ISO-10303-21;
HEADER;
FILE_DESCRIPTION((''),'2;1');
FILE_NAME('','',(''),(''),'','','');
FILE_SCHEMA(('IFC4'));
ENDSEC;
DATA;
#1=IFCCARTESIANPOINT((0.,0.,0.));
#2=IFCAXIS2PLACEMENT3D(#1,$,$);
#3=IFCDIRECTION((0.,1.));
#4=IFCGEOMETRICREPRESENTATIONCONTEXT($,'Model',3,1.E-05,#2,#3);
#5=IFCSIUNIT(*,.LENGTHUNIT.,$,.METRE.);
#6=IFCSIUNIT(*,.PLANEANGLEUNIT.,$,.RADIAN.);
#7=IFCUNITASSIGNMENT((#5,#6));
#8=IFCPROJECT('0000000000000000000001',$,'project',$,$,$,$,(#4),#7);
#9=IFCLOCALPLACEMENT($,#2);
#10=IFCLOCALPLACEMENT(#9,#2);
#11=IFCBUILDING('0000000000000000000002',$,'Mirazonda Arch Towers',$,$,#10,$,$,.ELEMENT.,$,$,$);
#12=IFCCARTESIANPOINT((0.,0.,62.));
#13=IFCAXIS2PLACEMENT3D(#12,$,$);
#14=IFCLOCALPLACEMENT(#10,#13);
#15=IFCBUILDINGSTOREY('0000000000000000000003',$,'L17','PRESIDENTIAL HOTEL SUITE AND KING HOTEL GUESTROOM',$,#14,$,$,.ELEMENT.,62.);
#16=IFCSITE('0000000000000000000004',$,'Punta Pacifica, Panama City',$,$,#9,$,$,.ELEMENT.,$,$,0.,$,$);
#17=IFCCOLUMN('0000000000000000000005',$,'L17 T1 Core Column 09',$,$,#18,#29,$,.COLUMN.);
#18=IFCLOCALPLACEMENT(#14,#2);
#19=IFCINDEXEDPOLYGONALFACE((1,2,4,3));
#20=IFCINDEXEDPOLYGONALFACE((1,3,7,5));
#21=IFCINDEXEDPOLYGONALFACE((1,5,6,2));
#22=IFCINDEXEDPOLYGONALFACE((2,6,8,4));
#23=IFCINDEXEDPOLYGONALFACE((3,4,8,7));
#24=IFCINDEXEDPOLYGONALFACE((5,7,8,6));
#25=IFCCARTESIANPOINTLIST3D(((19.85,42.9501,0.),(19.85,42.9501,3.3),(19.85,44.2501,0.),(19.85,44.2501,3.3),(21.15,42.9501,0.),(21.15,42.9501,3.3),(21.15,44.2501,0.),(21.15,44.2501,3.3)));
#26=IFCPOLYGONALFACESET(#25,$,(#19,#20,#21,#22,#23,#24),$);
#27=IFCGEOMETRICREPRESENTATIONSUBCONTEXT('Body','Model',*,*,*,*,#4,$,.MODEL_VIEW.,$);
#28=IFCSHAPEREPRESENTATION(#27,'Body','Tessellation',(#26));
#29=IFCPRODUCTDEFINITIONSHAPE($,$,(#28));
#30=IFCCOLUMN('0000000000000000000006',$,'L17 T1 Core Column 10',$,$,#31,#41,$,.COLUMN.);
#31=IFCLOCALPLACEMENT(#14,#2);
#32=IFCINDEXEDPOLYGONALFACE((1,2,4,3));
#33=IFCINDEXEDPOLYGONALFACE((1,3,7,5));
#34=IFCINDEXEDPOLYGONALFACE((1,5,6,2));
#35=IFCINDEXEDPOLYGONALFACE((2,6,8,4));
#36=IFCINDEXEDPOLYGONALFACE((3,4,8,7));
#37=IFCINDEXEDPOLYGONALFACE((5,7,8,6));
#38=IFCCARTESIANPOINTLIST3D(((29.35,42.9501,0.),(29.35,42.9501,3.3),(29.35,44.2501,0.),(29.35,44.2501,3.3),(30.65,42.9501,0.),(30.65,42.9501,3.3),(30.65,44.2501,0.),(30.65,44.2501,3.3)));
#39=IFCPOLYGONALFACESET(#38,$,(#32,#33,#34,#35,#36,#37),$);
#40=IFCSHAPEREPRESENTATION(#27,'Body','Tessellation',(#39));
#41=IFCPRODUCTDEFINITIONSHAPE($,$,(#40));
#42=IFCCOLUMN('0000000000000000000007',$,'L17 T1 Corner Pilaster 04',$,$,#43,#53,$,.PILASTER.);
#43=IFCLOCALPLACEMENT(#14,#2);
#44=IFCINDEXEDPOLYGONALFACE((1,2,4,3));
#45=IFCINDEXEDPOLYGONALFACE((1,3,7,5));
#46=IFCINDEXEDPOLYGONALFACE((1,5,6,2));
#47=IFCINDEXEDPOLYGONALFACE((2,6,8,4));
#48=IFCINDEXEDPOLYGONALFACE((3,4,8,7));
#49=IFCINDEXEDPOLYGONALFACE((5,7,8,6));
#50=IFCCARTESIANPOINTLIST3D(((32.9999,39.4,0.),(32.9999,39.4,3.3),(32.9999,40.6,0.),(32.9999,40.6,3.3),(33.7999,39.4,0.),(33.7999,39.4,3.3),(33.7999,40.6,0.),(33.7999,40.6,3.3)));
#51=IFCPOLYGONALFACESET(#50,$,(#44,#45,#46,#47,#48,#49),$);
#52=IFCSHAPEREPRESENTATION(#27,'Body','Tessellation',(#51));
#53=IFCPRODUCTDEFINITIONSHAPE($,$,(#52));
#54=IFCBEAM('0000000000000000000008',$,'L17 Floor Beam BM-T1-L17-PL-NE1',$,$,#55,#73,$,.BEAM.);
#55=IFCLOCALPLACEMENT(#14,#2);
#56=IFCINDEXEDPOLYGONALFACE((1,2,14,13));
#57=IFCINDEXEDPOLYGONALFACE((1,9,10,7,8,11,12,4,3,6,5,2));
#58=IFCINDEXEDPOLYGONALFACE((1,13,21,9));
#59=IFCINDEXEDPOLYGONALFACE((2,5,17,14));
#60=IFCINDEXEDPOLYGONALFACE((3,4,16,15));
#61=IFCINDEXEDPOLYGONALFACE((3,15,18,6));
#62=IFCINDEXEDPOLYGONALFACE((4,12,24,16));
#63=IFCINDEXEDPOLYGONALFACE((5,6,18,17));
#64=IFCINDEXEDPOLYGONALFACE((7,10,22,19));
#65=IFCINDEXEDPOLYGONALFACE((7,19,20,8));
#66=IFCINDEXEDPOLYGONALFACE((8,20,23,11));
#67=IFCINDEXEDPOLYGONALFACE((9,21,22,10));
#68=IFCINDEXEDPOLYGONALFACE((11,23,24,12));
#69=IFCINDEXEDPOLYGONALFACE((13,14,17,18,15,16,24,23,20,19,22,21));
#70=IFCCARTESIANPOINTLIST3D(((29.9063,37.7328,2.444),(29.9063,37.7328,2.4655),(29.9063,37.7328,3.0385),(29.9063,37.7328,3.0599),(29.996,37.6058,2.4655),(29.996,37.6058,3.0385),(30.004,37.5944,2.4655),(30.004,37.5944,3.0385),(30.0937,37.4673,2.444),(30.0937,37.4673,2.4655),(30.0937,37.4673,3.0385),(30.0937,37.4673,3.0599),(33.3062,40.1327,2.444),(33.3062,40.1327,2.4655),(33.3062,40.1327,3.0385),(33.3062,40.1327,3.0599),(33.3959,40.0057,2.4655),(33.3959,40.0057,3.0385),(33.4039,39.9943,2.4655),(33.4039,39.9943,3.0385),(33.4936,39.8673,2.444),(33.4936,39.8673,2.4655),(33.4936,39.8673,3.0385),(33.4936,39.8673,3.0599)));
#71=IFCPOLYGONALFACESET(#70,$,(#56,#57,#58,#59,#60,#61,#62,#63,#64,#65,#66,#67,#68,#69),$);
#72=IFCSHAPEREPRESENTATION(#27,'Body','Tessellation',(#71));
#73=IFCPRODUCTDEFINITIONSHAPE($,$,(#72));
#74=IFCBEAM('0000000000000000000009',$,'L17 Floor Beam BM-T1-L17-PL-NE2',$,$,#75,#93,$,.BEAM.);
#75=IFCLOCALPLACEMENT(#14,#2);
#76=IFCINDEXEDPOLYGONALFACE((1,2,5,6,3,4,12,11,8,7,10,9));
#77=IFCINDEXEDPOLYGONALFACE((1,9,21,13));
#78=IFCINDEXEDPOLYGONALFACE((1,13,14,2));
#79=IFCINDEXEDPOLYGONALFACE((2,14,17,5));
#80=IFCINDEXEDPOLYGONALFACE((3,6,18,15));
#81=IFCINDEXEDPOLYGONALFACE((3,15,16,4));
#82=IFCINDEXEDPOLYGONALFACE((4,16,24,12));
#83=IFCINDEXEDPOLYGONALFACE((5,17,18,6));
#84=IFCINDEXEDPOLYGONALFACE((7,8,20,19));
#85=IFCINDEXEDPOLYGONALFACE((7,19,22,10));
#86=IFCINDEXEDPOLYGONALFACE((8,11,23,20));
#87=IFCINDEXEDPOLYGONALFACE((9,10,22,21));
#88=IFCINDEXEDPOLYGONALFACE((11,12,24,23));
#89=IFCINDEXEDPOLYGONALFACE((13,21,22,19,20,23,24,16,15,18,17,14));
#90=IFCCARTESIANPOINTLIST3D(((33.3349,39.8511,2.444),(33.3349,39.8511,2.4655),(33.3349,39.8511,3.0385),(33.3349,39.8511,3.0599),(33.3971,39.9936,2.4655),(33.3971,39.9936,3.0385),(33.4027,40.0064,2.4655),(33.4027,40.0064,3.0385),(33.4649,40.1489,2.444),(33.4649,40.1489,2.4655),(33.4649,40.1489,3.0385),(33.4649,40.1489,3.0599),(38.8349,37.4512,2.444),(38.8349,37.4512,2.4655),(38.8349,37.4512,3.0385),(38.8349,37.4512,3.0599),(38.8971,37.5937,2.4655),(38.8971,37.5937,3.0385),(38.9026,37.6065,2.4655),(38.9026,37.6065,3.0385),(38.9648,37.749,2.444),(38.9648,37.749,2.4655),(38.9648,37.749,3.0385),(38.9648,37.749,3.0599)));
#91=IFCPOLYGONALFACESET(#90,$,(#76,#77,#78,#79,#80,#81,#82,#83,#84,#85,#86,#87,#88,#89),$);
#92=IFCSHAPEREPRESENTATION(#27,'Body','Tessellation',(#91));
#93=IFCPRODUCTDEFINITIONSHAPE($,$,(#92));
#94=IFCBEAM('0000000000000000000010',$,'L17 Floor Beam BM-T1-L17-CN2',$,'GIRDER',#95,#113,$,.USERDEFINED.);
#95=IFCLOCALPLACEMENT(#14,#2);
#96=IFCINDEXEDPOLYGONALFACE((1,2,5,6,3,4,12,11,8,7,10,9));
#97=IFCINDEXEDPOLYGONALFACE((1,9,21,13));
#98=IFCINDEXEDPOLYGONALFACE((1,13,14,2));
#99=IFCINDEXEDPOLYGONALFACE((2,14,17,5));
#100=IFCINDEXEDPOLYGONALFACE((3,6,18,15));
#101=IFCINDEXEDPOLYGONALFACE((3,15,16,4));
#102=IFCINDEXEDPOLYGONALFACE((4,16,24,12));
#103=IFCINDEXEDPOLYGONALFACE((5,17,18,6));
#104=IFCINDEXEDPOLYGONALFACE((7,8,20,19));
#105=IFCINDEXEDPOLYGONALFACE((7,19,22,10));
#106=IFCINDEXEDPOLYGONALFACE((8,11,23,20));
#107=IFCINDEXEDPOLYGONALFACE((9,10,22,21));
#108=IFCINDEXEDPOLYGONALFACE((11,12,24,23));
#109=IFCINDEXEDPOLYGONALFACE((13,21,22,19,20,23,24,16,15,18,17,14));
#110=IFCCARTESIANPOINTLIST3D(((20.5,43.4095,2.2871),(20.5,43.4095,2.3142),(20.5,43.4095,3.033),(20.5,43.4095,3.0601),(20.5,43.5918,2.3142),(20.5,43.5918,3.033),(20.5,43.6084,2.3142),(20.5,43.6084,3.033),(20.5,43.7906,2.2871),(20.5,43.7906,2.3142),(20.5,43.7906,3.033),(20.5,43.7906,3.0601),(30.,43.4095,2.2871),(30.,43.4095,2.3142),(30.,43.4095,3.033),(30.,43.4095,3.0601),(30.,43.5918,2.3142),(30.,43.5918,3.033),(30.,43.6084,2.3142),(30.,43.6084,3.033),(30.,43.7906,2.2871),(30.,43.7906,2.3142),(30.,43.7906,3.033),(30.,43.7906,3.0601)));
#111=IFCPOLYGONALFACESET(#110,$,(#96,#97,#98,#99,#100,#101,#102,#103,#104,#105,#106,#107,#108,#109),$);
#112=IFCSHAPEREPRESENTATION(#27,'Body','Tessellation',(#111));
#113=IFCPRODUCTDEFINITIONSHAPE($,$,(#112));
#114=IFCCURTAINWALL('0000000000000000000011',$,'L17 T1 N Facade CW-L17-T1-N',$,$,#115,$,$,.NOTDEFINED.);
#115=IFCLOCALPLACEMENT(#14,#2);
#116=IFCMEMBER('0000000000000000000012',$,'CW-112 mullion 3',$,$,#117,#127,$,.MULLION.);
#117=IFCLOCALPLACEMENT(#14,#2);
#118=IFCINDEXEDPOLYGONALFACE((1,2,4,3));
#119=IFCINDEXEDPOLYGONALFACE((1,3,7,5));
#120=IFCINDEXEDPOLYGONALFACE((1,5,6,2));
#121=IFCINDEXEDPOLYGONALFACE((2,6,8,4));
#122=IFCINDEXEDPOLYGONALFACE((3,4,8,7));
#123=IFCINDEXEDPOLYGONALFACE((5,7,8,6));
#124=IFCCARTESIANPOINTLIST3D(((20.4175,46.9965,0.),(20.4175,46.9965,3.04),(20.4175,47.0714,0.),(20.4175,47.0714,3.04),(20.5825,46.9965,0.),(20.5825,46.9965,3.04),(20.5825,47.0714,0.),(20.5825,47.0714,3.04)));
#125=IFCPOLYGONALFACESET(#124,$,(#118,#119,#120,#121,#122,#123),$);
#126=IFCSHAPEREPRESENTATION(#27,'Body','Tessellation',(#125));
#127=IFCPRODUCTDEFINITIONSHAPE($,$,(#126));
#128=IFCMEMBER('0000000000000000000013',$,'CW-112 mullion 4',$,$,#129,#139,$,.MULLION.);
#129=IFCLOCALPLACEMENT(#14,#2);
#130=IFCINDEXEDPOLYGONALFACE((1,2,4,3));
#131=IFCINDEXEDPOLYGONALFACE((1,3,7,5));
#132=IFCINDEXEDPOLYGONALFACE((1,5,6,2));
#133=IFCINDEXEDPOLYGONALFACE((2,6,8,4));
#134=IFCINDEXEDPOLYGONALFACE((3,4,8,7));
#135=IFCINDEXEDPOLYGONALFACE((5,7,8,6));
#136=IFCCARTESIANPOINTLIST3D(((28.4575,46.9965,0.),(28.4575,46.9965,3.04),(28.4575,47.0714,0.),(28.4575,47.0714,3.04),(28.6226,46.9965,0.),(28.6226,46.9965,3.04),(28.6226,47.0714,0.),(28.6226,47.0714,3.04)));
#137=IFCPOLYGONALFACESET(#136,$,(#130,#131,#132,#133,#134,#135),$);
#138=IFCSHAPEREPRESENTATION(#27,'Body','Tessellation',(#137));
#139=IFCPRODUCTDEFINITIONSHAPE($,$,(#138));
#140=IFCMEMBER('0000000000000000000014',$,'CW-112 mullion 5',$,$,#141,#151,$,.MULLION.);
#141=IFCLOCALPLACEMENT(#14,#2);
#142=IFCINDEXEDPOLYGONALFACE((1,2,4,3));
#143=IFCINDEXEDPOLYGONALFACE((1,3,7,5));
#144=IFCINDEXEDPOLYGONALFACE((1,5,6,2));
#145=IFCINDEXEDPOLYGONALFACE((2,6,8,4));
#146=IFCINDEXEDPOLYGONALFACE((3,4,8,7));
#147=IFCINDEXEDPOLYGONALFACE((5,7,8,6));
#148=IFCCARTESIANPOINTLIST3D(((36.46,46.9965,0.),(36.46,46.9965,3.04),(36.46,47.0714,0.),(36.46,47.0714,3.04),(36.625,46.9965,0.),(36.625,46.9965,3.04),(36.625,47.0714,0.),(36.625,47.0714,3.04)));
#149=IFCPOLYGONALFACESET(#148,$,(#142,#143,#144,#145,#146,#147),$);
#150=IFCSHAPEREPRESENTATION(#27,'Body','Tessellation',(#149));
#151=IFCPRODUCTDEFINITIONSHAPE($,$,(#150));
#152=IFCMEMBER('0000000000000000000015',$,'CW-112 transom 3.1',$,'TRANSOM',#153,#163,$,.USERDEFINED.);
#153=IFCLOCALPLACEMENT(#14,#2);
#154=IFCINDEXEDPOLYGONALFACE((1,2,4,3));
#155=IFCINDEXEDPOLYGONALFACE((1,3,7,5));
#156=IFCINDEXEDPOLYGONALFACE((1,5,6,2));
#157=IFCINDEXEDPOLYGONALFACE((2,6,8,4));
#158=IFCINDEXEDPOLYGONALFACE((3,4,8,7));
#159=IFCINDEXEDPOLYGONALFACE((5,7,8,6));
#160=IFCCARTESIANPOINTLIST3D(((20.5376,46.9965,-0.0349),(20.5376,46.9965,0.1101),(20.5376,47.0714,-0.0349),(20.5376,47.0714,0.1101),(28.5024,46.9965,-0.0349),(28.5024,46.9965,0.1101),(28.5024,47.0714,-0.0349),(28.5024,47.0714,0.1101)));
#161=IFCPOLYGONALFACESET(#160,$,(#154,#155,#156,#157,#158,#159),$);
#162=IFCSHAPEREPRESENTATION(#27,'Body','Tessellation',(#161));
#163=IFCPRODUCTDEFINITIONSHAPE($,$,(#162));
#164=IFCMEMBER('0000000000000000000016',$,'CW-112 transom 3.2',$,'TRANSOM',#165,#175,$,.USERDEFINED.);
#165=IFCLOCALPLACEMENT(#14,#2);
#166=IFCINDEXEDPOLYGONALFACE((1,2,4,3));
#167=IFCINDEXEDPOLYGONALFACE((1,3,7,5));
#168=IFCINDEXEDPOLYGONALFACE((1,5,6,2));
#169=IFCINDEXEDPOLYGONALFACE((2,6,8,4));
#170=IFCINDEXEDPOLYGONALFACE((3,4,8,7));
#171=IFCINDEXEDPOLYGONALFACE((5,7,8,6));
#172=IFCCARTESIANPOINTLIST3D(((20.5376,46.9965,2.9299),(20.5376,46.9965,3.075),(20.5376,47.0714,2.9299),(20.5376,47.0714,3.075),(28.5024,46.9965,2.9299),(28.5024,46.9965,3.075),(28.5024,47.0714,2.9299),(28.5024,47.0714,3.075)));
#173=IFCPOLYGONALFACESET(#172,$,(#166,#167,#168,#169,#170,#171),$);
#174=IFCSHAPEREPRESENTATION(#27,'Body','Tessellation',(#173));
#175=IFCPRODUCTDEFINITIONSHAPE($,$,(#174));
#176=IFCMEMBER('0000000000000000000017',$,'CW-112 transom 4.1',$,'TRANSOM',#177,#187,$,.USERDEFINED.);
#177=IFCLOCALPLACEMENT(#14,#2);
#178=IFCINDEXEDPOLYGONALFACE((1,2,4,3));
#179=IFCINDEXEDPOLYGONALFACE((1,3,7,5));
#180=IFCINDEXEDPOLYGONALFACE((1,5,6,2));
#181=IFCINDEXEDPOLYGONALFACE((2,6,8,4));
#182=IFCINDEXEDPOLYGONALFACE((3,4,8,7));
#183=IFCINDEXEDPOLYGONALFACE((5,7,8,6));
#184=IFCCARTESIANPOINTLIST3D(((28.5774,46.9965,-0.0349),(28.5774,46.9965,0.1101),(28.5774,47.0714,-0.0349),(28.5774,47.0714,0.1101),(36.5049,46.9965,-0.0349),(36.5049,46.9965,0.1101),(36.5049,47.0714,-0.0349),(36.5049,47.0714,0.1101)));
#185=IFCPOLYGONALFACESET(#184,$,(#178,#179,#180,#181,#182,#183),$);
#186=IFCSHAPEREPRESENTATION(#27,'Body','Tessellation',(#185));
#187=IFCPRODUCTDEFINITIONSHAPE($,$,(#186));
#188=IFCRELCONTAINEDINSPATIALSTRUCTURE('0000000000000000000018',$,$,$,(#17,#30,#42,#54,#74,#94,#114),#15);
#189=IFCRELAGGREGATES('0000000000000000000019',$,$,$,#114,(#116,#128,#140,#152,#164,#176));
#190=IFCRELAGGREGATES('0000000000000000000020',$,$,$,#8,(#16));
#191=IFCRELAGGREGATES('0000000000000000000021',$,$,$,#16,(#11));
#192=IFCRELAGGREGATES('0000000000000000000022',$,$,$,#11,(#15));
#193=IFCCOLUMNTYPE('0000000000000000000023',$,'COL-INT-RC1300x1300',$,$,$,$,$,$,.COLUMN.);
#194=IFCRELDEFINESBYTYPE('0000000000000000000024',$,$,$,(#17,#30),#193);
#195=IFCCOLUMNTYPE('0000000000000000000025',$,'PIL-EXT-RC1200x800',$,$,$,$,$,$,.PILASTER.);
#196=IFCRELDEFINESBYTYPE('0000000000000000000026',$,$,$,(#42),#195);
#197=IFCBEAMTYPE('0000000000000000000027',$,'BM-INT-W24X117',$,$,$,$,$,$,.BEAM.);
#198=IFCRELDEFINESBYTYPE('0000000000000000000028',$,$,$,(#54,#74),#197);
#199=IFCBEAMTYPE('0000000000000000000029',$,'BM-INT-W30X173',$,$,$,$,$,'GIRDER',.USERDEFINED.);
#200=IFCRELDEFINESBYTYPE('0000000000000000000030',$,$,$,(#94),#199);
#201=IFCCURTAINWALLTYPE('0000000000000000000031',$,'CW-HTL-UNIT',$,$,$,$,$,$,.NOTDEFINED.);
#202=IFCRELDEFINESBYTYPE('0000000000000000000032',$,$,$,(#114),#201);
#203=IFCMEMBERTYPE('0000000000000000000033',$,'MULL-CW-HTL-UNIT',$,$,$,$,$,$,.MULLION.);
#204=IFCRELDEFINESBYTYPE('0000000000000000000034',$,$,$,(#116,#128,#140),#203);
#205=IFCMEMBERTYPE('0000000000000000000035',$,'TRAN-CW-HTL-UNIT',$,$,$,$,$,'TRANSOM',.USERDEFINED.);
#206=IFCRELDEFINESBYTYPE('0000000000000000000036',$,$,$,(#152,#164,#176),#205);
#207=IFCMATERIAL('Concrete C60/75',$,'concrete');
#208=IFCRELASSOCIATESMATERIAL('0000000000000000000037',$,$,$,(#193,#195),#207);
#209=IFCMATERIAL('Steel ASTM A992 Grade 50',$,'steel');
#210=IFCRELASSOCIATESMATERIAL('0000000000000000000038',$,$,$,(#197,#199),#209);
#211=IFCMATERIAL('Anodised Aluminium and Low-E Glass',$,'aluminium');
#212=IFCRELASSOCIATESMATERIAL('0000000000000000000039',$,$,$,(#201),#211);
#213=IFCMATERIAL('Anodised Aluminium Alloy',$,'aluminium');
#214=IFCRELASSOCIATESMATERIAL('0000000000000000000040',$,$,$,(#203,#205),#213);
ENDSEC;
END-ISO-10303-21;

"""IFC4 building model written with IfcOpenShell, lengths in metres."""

from ifc_helpers import new_model, si_unit, direction, frame, origin, origin_2d, place, context, subcontext, project, spatial, rectangle, i_section, extrude, material, material_profile, profile_set, type_object, element, aggregate, save


model = new_model("IFC4")

# Units and contexts
model_context = context("Model", 3, precision=1e-05, world=origin(), true_north=direction((0.0, 1.0)))
body_context = subcontext(model_context, "Body", "Model", "MODEL_VIEW")
ifc_project = project(units=[si_unit("LENGTHUNIT", "METRE"), si_unit("PLANEANGLEUNIT", "RADIAN")], contexts=[model_context])

# Site, building, storey
site_placement = place(None, origin())
site = spatial("IfcSite", under=ifc_project, at=site_placement, Name="Punta Pacifica, Panama City", CompositionType="ELEMENT", RefElevation=0.0)
building_placement = place(site_placement, origin())
building = spatial("IfcBuilding", under=site, at=building_placement, Name="Mirazonda Arch Towers", CompositionType="ELEMENT")
storey_placement = place(building_placement, frame((0.0, 0.0, 62.0)))
storey = spatial("IfcBuildingStorey", under=building, at=storey_placement, Name="L17", Description="PRESIDENTIAL HOTEL SUITE AND KING HOTEL GUESTROOM", CompositionType="ELEMENT", Elevation=62.0)

# Columns
ifc_material_1 = material(Name="Concrete C60/75", Category="concrete")
ifc_material_profile_1 = material_profile(ifc_material_1, rectangle(XDim=1.3, YDim=1.3, at=origin_2d()), Name="RC1300x1300")
ifc_profile_set_1 = profile_set([ifc_material_profile_1], Name="Concrete C60/75")
column_type_1 = type_object("IfcColumnType", Name="COL-INT-RC1300x1300", PredefinedType="COLUMN", material=ifc_profile_set_1)
for number, where, z_axis, x_axis, name in (
    (1, (20.5, 43.6001, 0.0), (0.0, 0.0, 1.0), (1.0, 0.0, 0.0), "L17 T1 Core Column 09"),
    (2, (30.0, 43.6001, 0.0), (0.0, 0.0, 1.0), (1.0, 0.0, 0.0), "L17 T1 Core Column 10"),
):
    element("IfcColumn", number, at=place(storey_placement, frame(where, z_axis=z_axis, x_axis=x_axis)), inside=storey, type_object=column_type_1, Name=name, PredefinedType="COLUMN", context=body_context, shape_type="SweptSolid", body=[
        extrude(rectangle(XDim=1.3, YDim=1.3, at=origin_2d()), origin(), (0.0, 0.0, 1.0), 3.3),
    ])
ifc_material_profile_2 = material_profile(ifc_material_1, rectangle(XDim=0.8, YDim=1.2, at=origin_2d()), Name="RC1200x800")
ifc_profile_set_2 = profile_set([ifc_material_profile_2], Name="Concrete C60/75")
column_type_2 = type_object("IfcColumnType", Name="PIL-EXT-RC1200x800", PredefinedType="PILASTER", material=ifc_profile_set_2)
column_placement = place(storey_placement, frame((33.3999, 40.0, 0.0), z_axis=(0.0, 0.0, 1.0), x_axis=(1.0, 0.0, 0.0)))
element("IfcColumn", 3, at=column_placement, inside=storey, type_object=column_type_2, Name="L17 T1 Corner Pilaster 04", PredefinedType="PILASTER", context=body_context, shape_type="SweptSolid", body=[
    extrude(rectangle(XDim=0.8, YDim=1.2, at=origin_2d()), origin(), (0.0, 0.0, 1.0), 3.3),
])

# Beams
ifc_material_2 = material(Name="Steel ASTM A992 Grade 50", Category="steel")
ifc_material_profile_3 = material_profile(ifc_material_2, i_section(OverallWidth=0.325, OverallDepth=0.616, WebThickness=0.0139, FlangeThickness=0.0215, at=origin_2d()), Name="W24X117")
ifc_profile_set_3 = profile_set([ifc_material_profile_3], Name="Steel ASTM A992 Grade 50")
beam_type_1 = type_object("IfcBeamType", Name="BM-INT-W24X117", PredefinedType="BEAM", material=ifc_profile_set_3)
beam_1_placement = place(storey_placement, frame((33.3999, 40.0, 2.752), z_axis=(-0.816971, -0.576679, 0.0), x_axis=(0.576679, -0.816971, 0.0)))
element("IfcBeam", 4, at=beam_1_placement, inside=storey, type_object=beam_type_1, Name="L17 Floor Beam BM-T1-L17-PL-NE1", PredefinedType="BEAM", context=body_context, shape_type="SweptSolid", body=[
    extrude(i_section(OverallWidth=0.325, OverallDepth=0.616, WebThickness=0.0139, FlangeThickness=0.0215, at=origin_2d()), origin(), (0.0, 0.0, 1.0), 4.1616),
])
beam_2_placement = place(storey_placement, frame((33.3999, 40.0, 2.752), z_axis=(0.916545, -0.399931, 0.0), x_axis=(0.399931, 0.916545, 0.0)))
element("IfcBeam", 5, at=beam_2_placement, inside=storey, type_object=beam_type_1, Name="L17 Floor Beam BM-T1-L17-PL-NE2", PredefinedType="BEAM", context=body_context, shape_type="SweptSolid", body=[
    extrude(i_section(OverallWidth=0.325, OverallDepth=0.616, WebThickness=0.0139, FlangeThickness=0.0215, at=origin_2d()), origin(), (0.0, 0.0, 1.0), 6.0007),
])
ifc_material_profile_4 = material_profile(ifc_material_2, i_section(OverallWidth=0.3811, OverallDepth=0.7729, WebThickness=0.0166, FlangeThickness=0.0271, at=origin_2d()), Name="W30X173")
ifc_profile_set_4 = profile_set([ifc_material_profile_4], Name="Steel ASTM A992 Grade 50")
beam_type_2 = type_object("IfcBeamType", Name="BM-INT-W30X173", ElementType="GIRDER", PredefinedType="USERDEFINED", material=ifc_profile_set_4)
beam_3_placement = place(storey_placement, frame((20.5, 43.6001, 2.6736), z_axis=(1.0, 0.0, 0.0), x_axis=(0.0, 1.0, 0.0)))
element("IfcBeam", 6, at=beam_3_placement, inside=storey, type_object=beam_type_2, Name="L17 Floor Beam BM-T1-L17-CN2", ObjectType="GIRDER", PredefinedType="USERDEFINED", context=body_context, shape_type="SweptSolid", body=[
    extrude(i_section(OverallWidth=0.3811, OverallDepth=0.7729, WebThickness=0.0166, FlangeThickness=0.0271, at=origin_2d()), origin(), (0.0, 0.0, 1.0), 9.5),
])

# Curtain wall, members
ifc_material_3 = material(Name="Anodised Aluminium and Low-E Glass", Category="aluminium")
curtain_wall_type = type_object("IfcCurtainWallType", Name="CW-HTL-UNIT", PredefinedType="NOTDEFINED", material=ifc_material_3)
curtain_wall_placement = place(storey_placement, origin())
curtain_wall = element("IfcCurtainWall", 7, at=curtain_wall_placement, inside=storey, type_object=curtain_wall_type, Name="L17 T1 N Facade CW-L17-T1-N", PredefinedType="NOTDEFINED")
ifc_material_4 = material(Name="Anodised Aluminium Alloy", Category="aluminium")
ifc_material_profile_5 = material_profile(ifc_material_4, rectangle(XDim=0.075, YDim=0.165, at=origin_2d()), Name="ALU-MULL-75x165")
ifc_profile_set_5 = profile_set([ifc_material_profile_5], Name="Anodised Aluminium Alloy")
member_type_1 = type_object("IfcMemberType", Name="MULL-CW-HTL-UNIT", PredefinedType="MULLION", material=ifc_profile_set_5)
member_1_placement = place(storey_placement, frame((20.5, 47.0339, 0.0), z_axis=(0.0, 0.0, 1.0), x_axis=(0.0, 1.0, 0.0)))
member_1 = element("IfcMember", 8, at=member_1_placement, type_object=member_type_1, Name="CW-112 mullion 3", PredefinedType="MULLION", context=body_context, shape_type="SweptSolid", body=[
    extrude(rectangle(XDim=0.075, YDim=0.165, at=origin_2d()), origin(), (0.0, 0.0, 1.0), 3.04),
])
member_2_placement = place(storey_placement, frame((28.54, 47.0339, 0.0), z_axis=(0.0, 0.0, 1.0), x_axis=(0.0, 1.0, 0.0)))
member_2 = element("IfcMember", 9, at=member_2_placement, type_object=member_type_1, Name="CW-112 mullion 4", PredefinedType="MULLION", context=body_context, shape_type="SweptSolid", body=[
    extrude(rectangle(XDim=0.075, YDim=0.165, at=origin_2d()), origin(), (0.0, 0.0, 1.0), 3.04),
])
member_3_placement = place(storey_placement, frame((36.5425, 47.0339, 0.0), z_axis=(0.0, 0.0, 1.0), x_axis=(0.0, 1.0, 0.0)))
member_3 = element("IfcMember", 10, at=member_3_placement, type_object=member_type_1, Name="CW-112 mullion 5", PredefinedType="MULLION", context=body_context, shape_type="SweptSolid", body=[
    extrude(rectangle(XDim=0.075, YDim=0.165, at=origin_2d()), origin(), (0.0, 0.0, 1.0), 3.04),
])
ifc_material_profile_6 = material_profile(ifc_material_4, rectangle(XDim=0.075, YDim=0.145, at=origin_2d()), Name="ALU-TRAN-75x145")
ifc_profile_set_6 = profile_set([ifc_material_profile_6], Name="Anodised Aluminium Alloy")
member_type_2 = type_object("IfcMemberType", Name="TRAN-CW-HTL-UNIT", ElementType="TRANSOM", PredefinedType="USERDEFINED", material=ifc_profile_set_6)
member_4_placement = place(storey_placement, frame((20.5376, 47.0339, 0.0376), z_axis=(1.0, 0.0, 0.0), x_axis=(0.0, 1.0, 0.0)))
member_4 = element("IfcMember", 11, at=member_4_placement, type_object=member_type_2, Name="CW-112 transom 3.1", ObjectType="TRANSOM", PredefinedType="USERDEFINED", context=body_context, shape_type="SweptSolid", body=[
    extrude(rectangle(XDim=0.075, YDim=0.145, at=origin_2d()), origin(), (0.0, 0.0, 1.0), 7.9648),
])
member_5_placement = place(storey_placement, frame((20.5376, 47.0339, 3.0024), z_axis=(1.0, 0.0, 0.0), x_axis=(0.0, 1.0, 0.0)))
member_5 = element("IfcMember", 12, at=member_5_placement, type_object=member_type_2, Name="CW-112 transom 3.2", ObjectType="TRANSOM", PredefinedType="USERDEFINED", context=body_context, shape_type="SweptSolid", body=[
    extrude(rectangle(XDim=0.075, YDim=0.145, at=origin_2d()), origin(), (0.0, 0.0, 1.0), 7.9648),
])
member_6_placement = place(storey_placement, frame((28.5774, 47.0339, 0.0376), z_axis=(1.0, 0.0, 0.0), x_axis=(0.0, 1.0, 0.0)))
member_6 = element("IfcMember", 13, at=member_6_placement, type_object=member_type_2, Name="CW-112 transom 4.1", ObjectType="TRANSOM", PredefinedType="USERDEFINED", context=body_context, shape_type="SweptSolid", body=[
    extrude(rectangle(XDim=0.075, YDim=0.145, at=origin_2d()), origin(), (0.0, 0.0, 1.0), 7.9275),
])
aggregate(curtain_wall, [member_1, member_2, member_3, member_4, member_5, member_6])

save(model, "model.ifc")
